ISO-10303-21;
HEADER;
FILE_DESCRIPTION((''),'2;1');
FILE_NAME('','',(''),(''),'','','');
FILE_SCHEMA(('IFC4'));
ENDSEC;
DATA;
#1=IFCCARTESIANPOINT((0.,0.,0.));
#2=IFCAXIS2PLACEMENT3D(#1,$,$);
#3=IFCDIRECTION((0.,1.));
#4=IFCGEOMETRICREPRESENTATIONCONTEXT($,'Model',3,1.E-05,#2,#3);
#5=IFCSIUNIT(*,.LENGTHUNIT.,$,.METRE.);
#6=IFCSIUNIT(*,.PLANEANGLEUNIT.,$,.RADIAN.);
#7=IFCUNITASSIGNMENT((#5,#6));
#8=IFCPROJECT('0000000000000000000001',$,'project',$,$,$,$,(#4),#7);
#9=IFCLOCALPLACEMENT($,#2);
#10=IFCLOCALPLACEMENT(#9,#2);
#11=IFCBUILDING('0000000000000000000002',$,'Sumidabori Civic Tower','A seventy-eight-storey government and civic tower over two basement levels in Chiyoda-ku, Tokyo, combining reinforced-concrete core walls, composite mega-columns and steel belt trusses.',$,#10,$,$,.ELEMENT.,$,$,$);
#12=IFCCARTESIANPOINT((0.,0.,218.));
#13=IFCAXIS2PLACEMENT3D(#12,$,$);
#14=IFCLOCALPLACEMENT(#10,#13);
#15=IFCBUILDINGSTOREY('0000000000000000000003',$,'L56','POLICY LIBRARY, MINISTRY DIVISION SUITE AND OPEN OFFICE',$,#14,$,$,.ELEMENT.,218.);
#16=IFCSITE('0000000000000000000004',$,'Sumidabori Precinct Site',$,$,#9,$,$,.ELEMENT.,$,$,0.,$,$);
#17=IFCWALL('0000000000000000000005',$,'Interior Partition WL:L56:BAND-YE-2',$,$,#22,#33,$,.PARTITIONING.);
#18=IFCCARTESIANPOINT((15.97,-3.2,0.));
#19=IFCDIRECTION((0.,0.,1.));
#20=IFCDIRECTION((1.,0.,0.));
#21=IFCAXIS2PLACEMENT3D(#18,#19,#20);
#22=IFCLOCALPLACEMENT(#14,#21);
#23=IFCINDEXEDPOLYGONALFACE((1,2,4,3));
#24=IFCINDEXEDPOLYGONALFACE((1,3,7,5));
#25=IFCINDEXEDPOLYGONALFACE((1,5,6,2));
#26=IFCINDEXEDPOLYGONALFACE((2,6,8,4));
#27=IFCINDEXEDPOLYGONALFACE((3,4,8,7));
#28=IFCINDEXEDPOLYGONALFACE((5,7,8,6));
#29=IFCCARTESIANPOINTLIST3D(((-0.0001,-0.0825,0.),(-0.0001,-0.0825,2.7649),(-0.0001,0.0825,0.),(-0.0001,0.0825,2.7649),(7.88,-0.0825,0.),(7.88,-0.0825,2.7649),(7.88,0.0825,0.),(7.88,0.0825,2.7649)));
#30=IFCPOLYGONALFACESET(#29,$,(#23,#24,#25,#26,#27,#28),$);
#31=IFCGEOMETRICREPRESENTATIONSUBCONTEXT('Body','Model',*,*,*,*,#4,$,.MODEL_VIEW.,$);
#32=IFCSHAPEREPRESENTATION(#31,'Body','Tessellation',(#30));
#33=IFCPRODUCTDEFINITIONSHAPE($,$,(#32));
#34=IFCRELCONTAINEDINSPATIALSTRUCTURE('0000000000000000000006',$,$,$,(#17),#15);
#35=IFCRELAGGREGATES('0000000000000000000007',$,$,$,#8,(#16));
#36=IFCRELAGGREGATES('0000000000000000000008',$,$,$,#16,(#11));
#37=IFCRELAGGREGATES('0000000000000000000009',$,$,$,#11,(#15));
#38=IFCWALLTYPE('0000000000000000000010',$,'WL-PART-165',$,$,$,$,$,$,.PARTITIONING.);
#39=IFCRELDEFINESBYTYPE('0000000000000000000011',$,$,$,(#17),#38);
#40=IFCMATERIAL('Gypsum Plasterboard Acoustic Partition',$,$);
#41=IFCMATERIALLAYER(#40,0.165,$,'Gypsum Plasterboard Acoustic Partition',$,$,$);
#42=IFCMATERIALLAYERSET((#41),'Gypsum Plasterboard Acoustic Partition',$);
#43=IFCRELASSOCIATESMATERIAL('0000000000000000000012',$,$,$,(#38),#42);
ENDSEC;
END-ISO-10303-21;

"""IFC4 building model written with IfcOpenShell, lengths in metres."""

from ifc_helpers import new_model, si_unit, direction, frame, frame_2d, origin, place, context, subcontext, project, spatial, rectangle, extrude, source, transform, mapped, material, layer, layer_set, type_object, element, save


model = new_model("IFC4")

# Units and contexts
model_context = context("Model", 3, precision=1e-05, world=origin(), true_north=direction((0.0, 1.0)))
body_context = subcontext(model_context, "Body", "Model", "MODEL_VIEW")
ifc_project = project(units=[si_unit("LENGTHUNIT", "METRE"), si_unit("PLANEANGLEUNIT", "RADIAN")], contexts=[model_context])

# Site, building, storey
site_placement = place(None, origin())
site = spatial("IfcSite", under=ifc_project, at=site_placement, Name="Sumidabori Precinct Site", CompositionType="ELEMENT", RefElevation=0.0)
building_placement = place(site_placement, origin())
building = spatial("IfcBuilding", under=site, at=building_placement, Name="Sumidabori Civic Tower", Description="A seventy-eight-storey government and civic tower over two basement levels in Chiyoda-ku, Tokyo, combining reinforced-concrete core walls, composite mega-columns and steel belt trusses.", CompositionType="ELEMENT")
storey_placement = place(building_placement, frame((0.0, 0.0, 218.0)))
storey = spatial("IfcBuildingStorey", under=building, at=storey_placement, Name="L56", Description="POLICY LIBRARY, MINISTRY DIVISION SUITE AND OPEN OFFICE", CompositionType="ELEMENT", Elevation=218.0)

# Shared definitions
ifc_material_1 = material(Name="Gypsum Plasterboard Acoustic Partition")
ifc_layer_1 = layer(ifc_material_1, 0.165, Name="Gypsum Plasterboard Acoustic Partition")
ifc_layer_set_1 = layer_set([ifc_layer_1], Name="Gypsum Plasterboard Acoustic Partition")
wall_type = type_object("IfcWallType", Name="WL-PART-165", PredefinedType="PARTITIONING", material=ifc_layer_set_1)

# Wall
shared_shape_1 = source(origin(), body_context, "Body", "SweptSolid", [
    extrude(rectangle(XDim=7.8801, YDim=0.165, at=frame_2d((3.9399, 0.0))), origin(), (0.0, 0.0, 1.0), 2.7649),
])
wall_1_placement = place(storey_placement, frame((15.97, -3.2, 0.0), z_axis=(0.0, 0.0, 1.0), x_axis=(1.0, 0.0, 0.0)))
element("IfcWall", 1, at=wall_1_placement, inside=storey, type_object=wall_type, Name="Interior Partition WL:L56:BAND-YE-2", PredefinedType="PARTITIONING", context=body_context, shape_type="MappedRepresentation", body=[
    mapped(shared_shape_1, transform((0.0, 0.0, 0.0), x_axis=(1.0, 0.0, 0.0), y_axis=(0.0, 1.0, 0.0), z_axis=(0.0, 0.0, 1.0), scale=1.0)),
])

save(model, "model.ifc")
